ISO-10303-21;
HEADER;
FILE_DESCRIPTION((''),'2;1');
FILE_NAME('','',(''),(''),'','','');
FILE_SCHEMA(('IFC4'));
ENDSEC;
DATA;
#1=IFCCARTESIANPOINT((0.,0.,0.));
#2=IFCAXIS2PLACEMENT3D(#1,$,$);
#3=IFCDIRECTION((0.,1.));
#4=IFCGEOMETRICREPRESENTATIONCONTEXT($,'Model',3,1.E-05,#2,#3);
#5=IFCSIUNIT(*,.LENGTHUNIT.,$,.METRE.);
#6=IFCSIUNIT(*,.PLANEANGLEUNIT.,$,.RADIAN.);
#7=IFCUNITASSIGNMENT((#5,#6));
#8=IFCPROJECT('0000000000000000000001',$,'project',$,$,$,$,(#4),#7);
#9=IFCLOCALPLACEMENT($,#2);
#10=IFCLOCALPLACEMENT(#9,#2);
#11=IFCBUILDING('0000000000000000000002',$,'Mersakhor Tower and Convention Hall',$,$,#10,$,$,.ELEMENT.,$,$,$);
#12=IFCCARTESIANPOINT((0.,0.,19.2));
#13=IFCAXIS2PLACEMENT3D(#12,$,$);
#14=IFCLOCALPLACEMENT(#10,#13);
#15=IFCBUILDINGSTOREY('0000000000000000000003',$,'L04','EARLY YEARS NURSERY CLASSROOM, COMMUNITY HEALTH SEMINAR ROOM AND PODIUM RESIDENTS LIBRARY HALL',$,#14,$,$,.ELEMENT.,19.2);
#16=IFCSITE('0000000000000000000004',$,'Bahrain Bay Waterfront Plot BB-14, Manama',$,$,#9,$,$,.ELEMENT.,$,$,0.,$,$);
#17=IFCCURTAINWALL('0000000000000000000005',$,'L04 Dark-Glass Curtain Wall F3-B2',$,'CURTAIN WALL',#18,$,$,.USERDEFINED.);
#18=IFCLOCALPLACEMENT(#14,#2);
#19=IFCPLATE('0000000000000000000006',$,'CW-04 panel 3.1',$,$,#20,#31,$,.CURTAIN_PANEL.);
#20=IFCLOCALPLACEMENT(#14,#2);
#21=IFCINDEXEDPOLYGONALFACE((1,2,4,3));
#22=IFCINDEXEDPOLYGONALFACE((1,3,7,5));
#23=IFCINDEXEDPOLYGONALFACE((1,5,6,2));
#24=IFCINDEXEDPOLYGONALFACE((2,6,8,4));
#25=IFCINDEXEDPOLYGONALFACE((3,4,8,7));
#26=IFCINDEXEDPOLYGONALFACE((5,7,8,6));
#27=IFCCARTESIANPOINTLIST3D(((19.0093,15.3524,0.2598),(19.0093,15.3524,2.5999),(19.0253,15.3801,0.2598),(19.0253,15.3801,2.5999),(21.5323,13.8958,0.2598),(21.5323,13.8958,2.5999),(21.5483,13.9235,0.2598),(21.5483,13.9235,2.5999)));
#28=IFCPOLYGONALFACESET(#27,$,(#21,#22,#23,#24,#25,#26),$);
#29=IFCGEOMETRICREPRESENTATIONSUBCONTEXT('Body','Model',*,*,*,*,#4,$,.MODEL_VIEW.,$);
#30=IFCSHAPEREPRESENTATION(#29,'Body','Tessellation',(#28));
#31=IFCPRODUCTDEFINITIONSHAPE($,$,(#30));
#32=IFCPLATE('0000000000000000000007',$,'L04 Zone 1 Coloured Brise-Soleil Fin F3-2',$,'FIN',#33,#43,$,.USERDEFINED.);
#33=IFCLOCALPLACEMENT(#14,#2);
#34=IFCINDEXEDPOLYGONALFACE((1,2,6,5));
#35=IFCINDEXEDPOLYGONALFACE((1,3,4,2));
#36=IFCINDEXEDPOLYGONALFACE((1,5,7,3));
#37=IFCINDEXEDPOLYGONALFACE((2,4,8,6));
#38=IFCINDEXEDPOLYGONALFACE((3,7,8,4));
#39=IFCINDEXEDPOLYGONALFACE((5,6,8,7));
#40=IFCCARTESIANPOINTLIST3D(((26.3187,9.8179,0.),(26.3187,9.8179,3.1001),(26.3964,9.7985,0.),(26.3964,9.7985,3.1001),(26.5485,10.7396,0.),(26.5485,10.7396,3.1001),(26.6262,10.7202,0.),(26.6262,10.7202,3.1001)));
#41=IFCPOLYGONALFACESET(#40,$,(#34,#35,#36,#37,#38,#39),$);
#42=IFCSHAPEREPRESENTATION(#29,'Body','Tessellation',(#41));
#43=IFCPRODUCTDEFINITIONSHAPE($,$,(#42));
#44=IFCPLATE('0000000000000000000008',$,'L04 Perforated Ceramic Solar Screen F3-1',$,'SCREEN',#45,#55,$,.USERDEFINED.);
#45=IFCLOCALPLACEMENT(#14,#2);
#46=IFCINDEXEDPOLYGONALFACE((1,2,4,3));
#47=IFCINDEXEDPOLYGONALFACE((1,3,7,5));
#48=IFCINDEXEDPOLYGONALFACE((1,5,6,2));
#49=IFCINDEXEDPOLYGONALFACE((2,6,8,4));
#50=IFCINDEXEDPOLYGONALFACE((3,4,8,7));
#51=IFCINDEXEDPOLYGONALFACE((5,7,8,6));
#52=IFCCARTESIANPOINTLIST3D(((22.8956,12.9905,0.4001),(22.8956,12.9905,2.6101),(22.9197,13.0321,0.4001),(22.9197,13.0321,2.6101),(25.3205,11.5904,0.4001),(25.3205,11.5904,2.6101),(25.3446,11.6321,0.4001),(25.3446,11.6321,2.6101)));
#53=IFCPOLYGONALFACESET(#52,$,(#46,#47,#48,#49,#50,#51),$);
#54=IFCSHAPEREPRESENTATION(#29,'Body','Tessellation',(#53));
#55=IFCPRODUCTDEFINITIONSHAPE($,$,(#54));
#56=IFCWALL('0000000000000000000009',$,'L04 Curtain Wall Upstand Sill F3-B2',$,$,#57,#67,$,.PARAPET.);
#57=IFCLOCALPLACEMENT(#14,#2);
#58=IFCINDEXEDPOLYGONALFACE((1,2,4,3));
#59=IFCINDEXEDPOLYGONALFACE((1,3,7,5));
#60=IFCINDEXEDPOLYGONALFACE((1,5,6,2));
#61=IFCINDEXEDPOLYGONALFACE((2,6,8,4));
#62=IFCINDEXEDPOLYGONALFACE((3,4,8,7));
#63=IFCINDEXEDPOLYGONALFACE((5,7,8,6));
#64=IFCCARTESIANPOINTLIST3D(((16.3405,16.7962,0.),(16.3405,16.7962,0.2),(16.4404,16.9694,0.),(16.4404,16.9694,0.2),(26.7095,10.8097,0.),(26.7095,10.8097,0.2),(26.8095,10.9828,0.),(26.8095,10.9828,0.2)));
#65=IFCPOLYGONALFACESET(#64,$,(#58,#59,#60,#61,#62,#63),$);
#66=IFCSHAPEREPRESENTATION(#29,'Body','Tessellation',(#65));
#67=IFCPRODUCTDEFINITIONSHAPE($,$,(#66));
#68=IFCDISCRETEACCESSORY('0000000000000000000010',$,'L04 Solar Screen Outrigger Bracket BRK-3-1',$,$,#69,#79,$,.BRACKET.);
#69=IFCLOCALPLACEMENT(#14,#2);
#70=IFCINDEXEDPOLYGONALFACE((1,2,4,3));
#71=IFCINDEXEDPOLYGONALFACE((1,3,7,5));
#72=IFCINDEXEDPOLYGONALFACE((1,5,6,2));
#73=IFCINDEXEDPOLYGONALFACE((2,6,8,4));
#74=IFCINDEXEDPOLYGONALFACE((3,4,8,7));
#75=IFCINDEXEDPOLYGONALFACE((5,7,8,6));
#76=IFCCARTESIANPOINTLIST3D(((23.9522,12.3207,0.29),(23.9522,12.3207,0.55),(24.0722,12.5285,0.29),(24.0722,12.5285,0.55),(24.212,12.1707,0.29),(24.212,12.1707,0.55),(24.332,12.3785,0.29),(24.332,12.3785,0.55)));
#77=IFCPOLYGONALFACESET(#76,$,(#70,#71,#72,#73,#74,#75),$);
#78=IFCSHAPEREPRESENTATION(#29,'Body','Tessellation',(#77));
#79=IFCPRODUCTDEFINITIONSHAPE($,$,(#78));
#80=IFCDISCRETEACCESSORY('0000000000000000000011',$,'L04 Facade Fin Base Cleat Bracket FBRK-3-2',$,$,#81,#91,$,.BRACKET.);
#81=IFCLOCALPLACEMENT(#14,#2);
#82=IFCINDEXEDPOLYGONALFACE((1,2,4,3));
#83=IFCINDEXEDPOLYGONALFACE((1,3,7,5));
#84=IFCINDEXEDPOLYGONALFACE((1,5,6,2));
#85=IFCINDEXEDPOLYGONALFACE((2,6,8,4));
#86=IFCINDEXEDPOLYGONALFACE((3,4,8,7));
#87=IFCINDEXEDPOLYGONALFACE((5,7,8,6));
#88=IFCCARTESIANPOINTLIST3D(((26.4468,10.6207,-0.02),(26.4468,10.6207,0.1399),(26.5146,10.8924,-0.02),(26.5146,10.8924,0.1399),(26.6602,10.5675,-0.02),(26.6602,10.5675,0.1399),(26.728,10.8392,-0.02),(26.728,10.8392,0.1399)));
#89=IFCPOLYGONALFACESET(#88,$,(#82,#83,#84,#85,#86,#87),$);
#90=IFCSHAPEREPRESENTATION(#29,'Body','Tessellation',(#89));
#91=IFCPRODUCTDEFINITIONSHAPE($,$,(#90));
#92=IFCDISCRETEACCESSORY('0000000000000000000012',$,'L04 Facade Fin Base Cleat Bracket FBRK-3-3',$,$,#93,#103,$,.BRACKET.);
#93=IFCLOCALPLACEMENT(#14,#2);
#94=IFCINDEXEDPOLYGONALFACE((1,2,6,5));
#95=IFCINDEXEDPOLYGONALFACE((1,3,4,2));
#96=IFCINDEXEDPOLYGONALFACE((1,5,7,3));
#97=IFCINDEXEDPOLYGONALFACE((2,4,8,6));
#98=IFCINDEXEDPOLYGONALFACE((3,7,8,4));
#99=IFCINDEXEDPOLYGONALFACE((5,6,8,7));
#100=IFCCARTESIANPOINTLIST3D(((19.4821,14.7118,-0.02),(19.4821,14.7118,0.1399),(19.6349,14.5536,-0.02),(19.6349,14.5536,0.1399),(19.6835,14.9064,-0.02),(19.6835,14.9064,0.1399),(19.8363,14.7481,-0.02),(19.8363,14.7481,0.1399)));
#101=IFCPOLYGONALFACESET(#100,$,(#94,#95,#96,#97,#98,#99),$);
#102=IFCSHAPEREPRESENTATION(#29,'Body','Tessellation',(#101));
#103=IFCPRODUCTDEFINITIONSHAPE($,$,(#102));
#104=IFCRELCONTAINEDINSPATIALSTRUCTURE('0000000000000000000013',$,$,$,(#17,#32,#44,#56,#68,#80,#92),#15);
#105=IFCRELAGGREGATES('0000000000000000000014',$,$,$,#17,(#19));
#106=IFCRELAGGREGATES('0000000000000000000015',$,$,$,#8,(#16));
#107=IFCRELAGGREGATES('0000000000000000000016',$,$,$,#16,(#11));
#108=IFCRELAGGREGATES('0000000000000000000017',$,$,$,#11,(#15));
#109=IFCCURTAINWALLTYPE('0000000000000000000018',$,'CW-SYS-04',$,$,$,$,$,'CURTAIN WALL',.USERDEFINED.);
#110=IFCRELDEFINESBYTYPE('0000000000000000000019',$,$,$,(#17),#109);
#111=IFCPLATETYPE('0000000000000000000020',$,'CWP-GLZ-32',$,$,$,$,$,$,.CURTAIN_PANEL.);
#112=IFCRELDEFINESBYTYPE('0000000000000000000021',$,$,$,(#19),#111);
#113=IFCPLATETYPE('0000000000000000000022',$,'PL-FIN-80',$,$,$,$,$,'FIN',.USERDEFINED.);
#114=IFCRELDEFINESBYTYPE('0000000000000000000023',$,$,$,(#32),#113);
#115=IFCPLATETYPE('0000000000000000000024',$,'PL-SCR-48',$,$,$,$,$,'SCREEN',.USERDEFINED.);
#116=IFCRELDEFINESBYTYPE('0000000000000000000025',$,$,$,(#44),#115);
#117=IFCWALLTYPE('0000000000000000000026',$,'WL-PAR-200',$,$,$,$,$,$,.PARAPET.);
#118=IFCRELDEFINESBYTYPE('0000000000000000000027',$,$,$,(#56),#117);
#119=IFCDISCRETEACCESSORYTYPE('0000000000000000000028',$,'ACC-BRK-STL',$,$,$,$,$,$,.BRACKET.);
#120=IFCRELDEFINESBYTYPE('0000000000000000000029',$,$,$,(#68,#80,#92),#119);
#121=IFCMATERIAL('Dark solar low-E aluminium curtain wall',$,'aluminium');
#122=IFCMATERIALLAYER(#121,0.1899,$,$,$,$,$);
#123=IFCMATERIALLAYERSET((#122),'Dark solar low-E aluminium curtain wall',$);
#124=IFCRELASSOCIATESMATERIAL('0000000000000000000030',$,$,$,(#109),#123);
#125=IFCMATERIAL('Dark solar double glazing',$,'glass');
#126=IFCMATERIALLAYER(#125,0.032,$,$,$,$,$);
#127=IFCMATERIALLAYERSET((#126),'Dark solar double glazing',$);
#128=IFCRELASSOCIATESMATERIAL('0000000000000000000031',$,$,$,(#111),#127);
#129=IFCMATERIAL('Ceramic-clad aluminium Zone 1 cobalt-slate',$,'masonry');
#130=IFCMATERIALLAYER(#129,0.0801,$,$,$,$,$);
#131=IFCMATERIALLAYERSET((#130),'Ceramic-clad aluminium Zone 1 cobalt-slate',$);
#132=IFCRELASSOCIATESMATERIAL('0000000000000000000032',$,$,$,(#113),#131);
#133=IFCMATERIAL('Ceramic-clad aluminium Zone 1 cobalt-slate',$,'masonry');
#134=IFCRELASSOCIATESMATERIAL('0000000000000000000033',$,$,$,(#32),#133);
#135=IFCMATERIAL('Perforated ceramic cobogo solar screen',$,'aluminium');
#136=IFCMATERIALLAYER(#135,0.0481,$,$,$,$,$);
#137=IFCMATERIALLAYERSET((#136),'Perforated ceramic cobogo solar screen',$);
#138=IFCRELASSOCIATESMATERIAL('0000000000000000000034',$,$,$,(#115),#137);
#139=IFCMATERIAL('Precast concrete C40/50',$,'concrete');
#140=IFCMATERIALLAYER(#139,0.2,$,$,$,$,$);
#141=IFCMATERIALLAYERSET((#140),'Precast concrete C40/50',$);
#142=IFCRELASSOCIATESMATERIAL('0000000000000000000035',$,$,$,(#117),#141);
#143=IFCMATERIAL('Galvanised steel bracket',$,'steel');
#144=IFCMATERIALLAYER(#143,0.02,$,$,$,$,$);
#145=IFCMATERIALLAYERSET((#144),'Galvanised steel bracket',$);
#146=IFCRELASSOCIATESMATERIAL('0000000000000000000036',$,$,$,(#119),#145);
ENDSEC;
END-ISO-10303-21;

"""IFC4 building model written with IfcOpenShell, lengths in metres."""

from ifc_helpers import new_model, si_unit, direction, frame, frame_2d, origin, origin_2d, place, context, subcontext, project, spatial, rectangle, extrude, material, layer, layer_set, type_object, element, aggregate, save


model = new_model("IFC4")

# Units and contexts
model_context = context("Model", 3, precision=1e-05, world=origin(), true_north=direction((0.0, 1.0)))
body_context = subcontext(model_context, "Body", "Model", "MODEL_VIEW")
ifc_project = project(units=[si_unit("LENGTHUNIT", "METRE"), si_unit("PLANEANGLEUNIT", "RADIAN")], contexts=[model_context])

# Site, building, storey
site_placement = place(None, origin())
site = spatial("IfcSite", under=ifc_project, at=site_placement, Name="Bahrain Bay Waterfront Plot BB-14, Manama", CompositionType="ELEMENT", RefElevation=0.0)
building_placement = place(site_placement, origin())
building = spatial("IfcBuilding", under=site, at=building_placement, Name="Mersakhor Tower and Convention Hall", CompositionType="ELEMENT")
storey_placement = place(building_placement, frame((0.0, 0.0, 19.2)))
storey = spatial("IfcBuildingStorey", under=building, at=storey_placement, Name="L04", Description="EARLY YEARS NURSERY CLASSROOM, COMMUNITY HEALTH SEMINAR ROOM AND PODIUM RESIDENTS LIBRARY HALL", CompositionType="ELEMENT", Elevation=19.2)

# Curtain wall, plate
ifc_material_1 = material(Name="Dark solar low-E aluminium curtain wall", Category="aluminium")
ifc_layer_1 = layer(ifc_material_1, 0.1899)
ifc_layer_set_1 = layer_set([ifc_layer_1], Name="Dark solar low-E aluminium curtain wall")
curtain_wall_type = type_object("IfcCurtainWallType", Name="CW-SYS-04", ElementType="CURTAIN WALL", PredefinedType="USERDEFINED", material=ifc_layer_set_1)
curtain_wall_placement = place(storey_placement, origin())
curtain_wall = element("IfcCurtainWall", 1, at=curtain_wall_placement, inside=storey, type_object=curtain_wall_type, Name="L04 Dark-Glass Curtain Wall F3-B2", ObjectType="CURTAIN WALL", PredefinedType="USERDEFINED")
ifc_material_2 = material(Name="Dark solar double glazing", Category="glass")
ifc_layer_2 = layer(ifc_material_2, 0.032)
ifc_layer_set_2 = layer_set([ifc_layer_2], Name="Dark solar double glazing")
plate_type_1 = type_object("IfcPlateType", Name="CWP-GLZ-32", PredefinedType="CURTAIN_PANEL", material=ifc_layer_set_2)
plate_1_placement = place(storey_placement, frame((20.2788, 14.6379, 0.2598), z_axis=(0.0, 0.0, 1.0), x_axis=(-0.866023, 0.500003, 0.0)))
plate_1 = element("IfcPlate", 2, at=plate_1_placement, type_object=plate_type_1, Name="CW-04 panel 3.1", PredefinedType="CURTAIN_PANEL", context=body_context, shape_type="SweptSolid", body=[
    extrude(rectangle(XDim=2.9133, YDim=0.032, at=origin_2d()), origin(), (0.0, 0.0, 1.0), 2.3401),
])
aggregate(curtain_wall, [plate_1])

# Plates
ifc_material_3 = material(Name="Ceramic-clad aluminium Zone 1 cobalt-slate", Category="masonry")
ifc_material_4 = material(Name="Ceramic-clad aluminium Zone 1 cobalt-slate", Category="masonry")
ifc_layer_3 = layer(ifc_material_4, 0.0801)
ifc_layer_set_3 = layer_set([ifc_layer_3], Name="Ceramic-clad aluminium Zone 1 cobalt-slate")
plate_type_2 = type_object("IfcPlateType", Name="PL-FIN-80", ElementType="FIN", PredefinedType="USERDEFINED", material=ifc_layer_set_3)
plate_2_placement = place(storey_placement, frame((26.4724, 10.269, 0.0), z_axis=(0.0, 0.0, 1.0), x_axis=(-0.241922, -0.970296, 0.0)))
element("IfcPlate", 3, at=plate_2_placement, inside=storey, type_object=plate_type_2, material=ifc_material_3, Name="L04 Zone 1 Coloured Brise-Soleil Fin F3-2", ObjectType="FIN", PredefinedType="USERDEFINED", context=body_context, shape_type="SweptSolid", body=[
    extrude(rectangle(XDim=0.95, YDim=0.0801, at=origin_2d()), origin(), (0.0, 0.0, 1.0), 3.1001),
])
ifc_material_5 = material(Name="Perforated ceramic cobogo solar screen", Category="aluminium")
ifc_layer_4 = layer(ifc_material_5, 0.0481)
ifc_layer_set_4 = layer_set([ifc_layer_4], Name="Perforated ceramic cobogo solar screen")
plate_type_3 = type_object("IfcPlateType", Name="PL-SCR-48", ElementType="SCREEN", PredefinedType="USERDEFINED", material=ifc_layer_set_4)
plate_3_placement = place(storey_placement, frame((24.1201, 12.3113, 0.4001), z_axis=(0.0, 0.0, 1.0), x_axis=(-0.866025, 0.5, 0.0)))
element("IfcPlate", 4, at=plate_3_placement, inside=storey, type_object=plate_type_3, Name="L04 Perforated Ceramic Solar Screen F3-1", ObjectType="SCREEN", PredefinedType="USERDEFINED", context=body_context, shape_type="SweptSolid", body=[
    extrude(rectangle(XDim=2.8, YDim=0.0481, at=origin_2d()), origin(), (0.0, 0.0, 1.0), 2.21),
])

# Wall
ifc_material_6 = material(Name="Precast concrete C40/50", Category="concrete")
ifc_layer_5 = layer(ifc_material_6, 0.2)
ifc_layer_set_5 = layer_set([ifc_layer_5], Name="Precast concrete C40/50")
wall_type = type_object("IfcWallType", Name="WL-PAR-200", PredefinedType="PARAPET", material=ifc_layer_set_5)
wall_placement = place(storey_placement, frame((26.7595, 10.8962, 0.0), z_axis=(0.0, 0.0, 1.0), x_axis=(-0.866027, 0.499997, 0.0)))
element("IfcWall", 5, at=wall_placement, inside=storey, type_object=wall_type, Name="L04 Curtain Wall Upstand Sill F3-B2", PredefinedType="PARAPET", context=body_context, shape_type="SweptSolid", body=[
    extrude(rectangle(XDim=11.9731, YDim=0.2, at=frame_2d((5.9866, 0.0))), origin(), (0.0, 0.0, 1.0), 0.2),
])

# Discrete accessories
ifc_material_7 = material(Name="Galvanised steel bracket", Category="steel")
ifc_layer_6 = layer(ifc_material_7, 0.02)
ifc_layer_set_6 = layer_set([ifc_layer_6], Name="Galvanised steel bracket")
discrete_accessory_type = type_object("IfcDiscreteAccessoryType", Name="ACC-BRK-STL", PredefinedType="BRACKET", material=ifc_layer_set_6)
discrete_accessory_placement = place(storey_placement, frame((24.1421, 12.3496, 0.29), z_axis=(0.0, 0.0, 1.0), x_axis=(-0.866025, 0.5, 0.0)))
element("IfcDiscreteAccessory", 6, at=discrete_accessory_placement, inside=storey, type_object=discrete_accessory_type, Name="L04 Solar Screen Outrigger Bracket BRK-3-1", PredefinedType="BRACKET", context=body_context, shape_type="SweptSolid", body=[
    extrude(rectangle(XDim=0.3, YDim=0.24, at=origin_2d()), origin(), (0.0, 0.0, 1.0), 0.26),
])
for number, where, z_axis, x_axis, name in (
    (7, (26.5874, 10.73, -0.02), (0.0, 0.0, 1.0), (-0.241922, -0.970296, 0.0), "L04 Facade Fin Base Cleat Bracket FBRK-3-2"),
    (8, (19.6592, 14.73, -0.02), (0.0, 0.0, 1.0), (-0.71934, -0.694658, 0.0), "L04 Facade Fin Base Cleat Bracket FBRK-3-3"),
):
    element("IfcDiscreteAccessory", number, at=place(storey_placement, frame(where, z_axis=z_axis, x_axis=x_axis)), inside=storey, type_object=discrete_accessory_type, Name=name, PredefinedType="BRACKET", context=body_context, shape_type="SweptSolid", body=[
        extrude(rectangle(XDim=0.28, YDim=0.22, at=origin_2d()), origin(), (0.0, 0.0, 1.0), 0.1599),
    ])

save(model, "model.ifc")
